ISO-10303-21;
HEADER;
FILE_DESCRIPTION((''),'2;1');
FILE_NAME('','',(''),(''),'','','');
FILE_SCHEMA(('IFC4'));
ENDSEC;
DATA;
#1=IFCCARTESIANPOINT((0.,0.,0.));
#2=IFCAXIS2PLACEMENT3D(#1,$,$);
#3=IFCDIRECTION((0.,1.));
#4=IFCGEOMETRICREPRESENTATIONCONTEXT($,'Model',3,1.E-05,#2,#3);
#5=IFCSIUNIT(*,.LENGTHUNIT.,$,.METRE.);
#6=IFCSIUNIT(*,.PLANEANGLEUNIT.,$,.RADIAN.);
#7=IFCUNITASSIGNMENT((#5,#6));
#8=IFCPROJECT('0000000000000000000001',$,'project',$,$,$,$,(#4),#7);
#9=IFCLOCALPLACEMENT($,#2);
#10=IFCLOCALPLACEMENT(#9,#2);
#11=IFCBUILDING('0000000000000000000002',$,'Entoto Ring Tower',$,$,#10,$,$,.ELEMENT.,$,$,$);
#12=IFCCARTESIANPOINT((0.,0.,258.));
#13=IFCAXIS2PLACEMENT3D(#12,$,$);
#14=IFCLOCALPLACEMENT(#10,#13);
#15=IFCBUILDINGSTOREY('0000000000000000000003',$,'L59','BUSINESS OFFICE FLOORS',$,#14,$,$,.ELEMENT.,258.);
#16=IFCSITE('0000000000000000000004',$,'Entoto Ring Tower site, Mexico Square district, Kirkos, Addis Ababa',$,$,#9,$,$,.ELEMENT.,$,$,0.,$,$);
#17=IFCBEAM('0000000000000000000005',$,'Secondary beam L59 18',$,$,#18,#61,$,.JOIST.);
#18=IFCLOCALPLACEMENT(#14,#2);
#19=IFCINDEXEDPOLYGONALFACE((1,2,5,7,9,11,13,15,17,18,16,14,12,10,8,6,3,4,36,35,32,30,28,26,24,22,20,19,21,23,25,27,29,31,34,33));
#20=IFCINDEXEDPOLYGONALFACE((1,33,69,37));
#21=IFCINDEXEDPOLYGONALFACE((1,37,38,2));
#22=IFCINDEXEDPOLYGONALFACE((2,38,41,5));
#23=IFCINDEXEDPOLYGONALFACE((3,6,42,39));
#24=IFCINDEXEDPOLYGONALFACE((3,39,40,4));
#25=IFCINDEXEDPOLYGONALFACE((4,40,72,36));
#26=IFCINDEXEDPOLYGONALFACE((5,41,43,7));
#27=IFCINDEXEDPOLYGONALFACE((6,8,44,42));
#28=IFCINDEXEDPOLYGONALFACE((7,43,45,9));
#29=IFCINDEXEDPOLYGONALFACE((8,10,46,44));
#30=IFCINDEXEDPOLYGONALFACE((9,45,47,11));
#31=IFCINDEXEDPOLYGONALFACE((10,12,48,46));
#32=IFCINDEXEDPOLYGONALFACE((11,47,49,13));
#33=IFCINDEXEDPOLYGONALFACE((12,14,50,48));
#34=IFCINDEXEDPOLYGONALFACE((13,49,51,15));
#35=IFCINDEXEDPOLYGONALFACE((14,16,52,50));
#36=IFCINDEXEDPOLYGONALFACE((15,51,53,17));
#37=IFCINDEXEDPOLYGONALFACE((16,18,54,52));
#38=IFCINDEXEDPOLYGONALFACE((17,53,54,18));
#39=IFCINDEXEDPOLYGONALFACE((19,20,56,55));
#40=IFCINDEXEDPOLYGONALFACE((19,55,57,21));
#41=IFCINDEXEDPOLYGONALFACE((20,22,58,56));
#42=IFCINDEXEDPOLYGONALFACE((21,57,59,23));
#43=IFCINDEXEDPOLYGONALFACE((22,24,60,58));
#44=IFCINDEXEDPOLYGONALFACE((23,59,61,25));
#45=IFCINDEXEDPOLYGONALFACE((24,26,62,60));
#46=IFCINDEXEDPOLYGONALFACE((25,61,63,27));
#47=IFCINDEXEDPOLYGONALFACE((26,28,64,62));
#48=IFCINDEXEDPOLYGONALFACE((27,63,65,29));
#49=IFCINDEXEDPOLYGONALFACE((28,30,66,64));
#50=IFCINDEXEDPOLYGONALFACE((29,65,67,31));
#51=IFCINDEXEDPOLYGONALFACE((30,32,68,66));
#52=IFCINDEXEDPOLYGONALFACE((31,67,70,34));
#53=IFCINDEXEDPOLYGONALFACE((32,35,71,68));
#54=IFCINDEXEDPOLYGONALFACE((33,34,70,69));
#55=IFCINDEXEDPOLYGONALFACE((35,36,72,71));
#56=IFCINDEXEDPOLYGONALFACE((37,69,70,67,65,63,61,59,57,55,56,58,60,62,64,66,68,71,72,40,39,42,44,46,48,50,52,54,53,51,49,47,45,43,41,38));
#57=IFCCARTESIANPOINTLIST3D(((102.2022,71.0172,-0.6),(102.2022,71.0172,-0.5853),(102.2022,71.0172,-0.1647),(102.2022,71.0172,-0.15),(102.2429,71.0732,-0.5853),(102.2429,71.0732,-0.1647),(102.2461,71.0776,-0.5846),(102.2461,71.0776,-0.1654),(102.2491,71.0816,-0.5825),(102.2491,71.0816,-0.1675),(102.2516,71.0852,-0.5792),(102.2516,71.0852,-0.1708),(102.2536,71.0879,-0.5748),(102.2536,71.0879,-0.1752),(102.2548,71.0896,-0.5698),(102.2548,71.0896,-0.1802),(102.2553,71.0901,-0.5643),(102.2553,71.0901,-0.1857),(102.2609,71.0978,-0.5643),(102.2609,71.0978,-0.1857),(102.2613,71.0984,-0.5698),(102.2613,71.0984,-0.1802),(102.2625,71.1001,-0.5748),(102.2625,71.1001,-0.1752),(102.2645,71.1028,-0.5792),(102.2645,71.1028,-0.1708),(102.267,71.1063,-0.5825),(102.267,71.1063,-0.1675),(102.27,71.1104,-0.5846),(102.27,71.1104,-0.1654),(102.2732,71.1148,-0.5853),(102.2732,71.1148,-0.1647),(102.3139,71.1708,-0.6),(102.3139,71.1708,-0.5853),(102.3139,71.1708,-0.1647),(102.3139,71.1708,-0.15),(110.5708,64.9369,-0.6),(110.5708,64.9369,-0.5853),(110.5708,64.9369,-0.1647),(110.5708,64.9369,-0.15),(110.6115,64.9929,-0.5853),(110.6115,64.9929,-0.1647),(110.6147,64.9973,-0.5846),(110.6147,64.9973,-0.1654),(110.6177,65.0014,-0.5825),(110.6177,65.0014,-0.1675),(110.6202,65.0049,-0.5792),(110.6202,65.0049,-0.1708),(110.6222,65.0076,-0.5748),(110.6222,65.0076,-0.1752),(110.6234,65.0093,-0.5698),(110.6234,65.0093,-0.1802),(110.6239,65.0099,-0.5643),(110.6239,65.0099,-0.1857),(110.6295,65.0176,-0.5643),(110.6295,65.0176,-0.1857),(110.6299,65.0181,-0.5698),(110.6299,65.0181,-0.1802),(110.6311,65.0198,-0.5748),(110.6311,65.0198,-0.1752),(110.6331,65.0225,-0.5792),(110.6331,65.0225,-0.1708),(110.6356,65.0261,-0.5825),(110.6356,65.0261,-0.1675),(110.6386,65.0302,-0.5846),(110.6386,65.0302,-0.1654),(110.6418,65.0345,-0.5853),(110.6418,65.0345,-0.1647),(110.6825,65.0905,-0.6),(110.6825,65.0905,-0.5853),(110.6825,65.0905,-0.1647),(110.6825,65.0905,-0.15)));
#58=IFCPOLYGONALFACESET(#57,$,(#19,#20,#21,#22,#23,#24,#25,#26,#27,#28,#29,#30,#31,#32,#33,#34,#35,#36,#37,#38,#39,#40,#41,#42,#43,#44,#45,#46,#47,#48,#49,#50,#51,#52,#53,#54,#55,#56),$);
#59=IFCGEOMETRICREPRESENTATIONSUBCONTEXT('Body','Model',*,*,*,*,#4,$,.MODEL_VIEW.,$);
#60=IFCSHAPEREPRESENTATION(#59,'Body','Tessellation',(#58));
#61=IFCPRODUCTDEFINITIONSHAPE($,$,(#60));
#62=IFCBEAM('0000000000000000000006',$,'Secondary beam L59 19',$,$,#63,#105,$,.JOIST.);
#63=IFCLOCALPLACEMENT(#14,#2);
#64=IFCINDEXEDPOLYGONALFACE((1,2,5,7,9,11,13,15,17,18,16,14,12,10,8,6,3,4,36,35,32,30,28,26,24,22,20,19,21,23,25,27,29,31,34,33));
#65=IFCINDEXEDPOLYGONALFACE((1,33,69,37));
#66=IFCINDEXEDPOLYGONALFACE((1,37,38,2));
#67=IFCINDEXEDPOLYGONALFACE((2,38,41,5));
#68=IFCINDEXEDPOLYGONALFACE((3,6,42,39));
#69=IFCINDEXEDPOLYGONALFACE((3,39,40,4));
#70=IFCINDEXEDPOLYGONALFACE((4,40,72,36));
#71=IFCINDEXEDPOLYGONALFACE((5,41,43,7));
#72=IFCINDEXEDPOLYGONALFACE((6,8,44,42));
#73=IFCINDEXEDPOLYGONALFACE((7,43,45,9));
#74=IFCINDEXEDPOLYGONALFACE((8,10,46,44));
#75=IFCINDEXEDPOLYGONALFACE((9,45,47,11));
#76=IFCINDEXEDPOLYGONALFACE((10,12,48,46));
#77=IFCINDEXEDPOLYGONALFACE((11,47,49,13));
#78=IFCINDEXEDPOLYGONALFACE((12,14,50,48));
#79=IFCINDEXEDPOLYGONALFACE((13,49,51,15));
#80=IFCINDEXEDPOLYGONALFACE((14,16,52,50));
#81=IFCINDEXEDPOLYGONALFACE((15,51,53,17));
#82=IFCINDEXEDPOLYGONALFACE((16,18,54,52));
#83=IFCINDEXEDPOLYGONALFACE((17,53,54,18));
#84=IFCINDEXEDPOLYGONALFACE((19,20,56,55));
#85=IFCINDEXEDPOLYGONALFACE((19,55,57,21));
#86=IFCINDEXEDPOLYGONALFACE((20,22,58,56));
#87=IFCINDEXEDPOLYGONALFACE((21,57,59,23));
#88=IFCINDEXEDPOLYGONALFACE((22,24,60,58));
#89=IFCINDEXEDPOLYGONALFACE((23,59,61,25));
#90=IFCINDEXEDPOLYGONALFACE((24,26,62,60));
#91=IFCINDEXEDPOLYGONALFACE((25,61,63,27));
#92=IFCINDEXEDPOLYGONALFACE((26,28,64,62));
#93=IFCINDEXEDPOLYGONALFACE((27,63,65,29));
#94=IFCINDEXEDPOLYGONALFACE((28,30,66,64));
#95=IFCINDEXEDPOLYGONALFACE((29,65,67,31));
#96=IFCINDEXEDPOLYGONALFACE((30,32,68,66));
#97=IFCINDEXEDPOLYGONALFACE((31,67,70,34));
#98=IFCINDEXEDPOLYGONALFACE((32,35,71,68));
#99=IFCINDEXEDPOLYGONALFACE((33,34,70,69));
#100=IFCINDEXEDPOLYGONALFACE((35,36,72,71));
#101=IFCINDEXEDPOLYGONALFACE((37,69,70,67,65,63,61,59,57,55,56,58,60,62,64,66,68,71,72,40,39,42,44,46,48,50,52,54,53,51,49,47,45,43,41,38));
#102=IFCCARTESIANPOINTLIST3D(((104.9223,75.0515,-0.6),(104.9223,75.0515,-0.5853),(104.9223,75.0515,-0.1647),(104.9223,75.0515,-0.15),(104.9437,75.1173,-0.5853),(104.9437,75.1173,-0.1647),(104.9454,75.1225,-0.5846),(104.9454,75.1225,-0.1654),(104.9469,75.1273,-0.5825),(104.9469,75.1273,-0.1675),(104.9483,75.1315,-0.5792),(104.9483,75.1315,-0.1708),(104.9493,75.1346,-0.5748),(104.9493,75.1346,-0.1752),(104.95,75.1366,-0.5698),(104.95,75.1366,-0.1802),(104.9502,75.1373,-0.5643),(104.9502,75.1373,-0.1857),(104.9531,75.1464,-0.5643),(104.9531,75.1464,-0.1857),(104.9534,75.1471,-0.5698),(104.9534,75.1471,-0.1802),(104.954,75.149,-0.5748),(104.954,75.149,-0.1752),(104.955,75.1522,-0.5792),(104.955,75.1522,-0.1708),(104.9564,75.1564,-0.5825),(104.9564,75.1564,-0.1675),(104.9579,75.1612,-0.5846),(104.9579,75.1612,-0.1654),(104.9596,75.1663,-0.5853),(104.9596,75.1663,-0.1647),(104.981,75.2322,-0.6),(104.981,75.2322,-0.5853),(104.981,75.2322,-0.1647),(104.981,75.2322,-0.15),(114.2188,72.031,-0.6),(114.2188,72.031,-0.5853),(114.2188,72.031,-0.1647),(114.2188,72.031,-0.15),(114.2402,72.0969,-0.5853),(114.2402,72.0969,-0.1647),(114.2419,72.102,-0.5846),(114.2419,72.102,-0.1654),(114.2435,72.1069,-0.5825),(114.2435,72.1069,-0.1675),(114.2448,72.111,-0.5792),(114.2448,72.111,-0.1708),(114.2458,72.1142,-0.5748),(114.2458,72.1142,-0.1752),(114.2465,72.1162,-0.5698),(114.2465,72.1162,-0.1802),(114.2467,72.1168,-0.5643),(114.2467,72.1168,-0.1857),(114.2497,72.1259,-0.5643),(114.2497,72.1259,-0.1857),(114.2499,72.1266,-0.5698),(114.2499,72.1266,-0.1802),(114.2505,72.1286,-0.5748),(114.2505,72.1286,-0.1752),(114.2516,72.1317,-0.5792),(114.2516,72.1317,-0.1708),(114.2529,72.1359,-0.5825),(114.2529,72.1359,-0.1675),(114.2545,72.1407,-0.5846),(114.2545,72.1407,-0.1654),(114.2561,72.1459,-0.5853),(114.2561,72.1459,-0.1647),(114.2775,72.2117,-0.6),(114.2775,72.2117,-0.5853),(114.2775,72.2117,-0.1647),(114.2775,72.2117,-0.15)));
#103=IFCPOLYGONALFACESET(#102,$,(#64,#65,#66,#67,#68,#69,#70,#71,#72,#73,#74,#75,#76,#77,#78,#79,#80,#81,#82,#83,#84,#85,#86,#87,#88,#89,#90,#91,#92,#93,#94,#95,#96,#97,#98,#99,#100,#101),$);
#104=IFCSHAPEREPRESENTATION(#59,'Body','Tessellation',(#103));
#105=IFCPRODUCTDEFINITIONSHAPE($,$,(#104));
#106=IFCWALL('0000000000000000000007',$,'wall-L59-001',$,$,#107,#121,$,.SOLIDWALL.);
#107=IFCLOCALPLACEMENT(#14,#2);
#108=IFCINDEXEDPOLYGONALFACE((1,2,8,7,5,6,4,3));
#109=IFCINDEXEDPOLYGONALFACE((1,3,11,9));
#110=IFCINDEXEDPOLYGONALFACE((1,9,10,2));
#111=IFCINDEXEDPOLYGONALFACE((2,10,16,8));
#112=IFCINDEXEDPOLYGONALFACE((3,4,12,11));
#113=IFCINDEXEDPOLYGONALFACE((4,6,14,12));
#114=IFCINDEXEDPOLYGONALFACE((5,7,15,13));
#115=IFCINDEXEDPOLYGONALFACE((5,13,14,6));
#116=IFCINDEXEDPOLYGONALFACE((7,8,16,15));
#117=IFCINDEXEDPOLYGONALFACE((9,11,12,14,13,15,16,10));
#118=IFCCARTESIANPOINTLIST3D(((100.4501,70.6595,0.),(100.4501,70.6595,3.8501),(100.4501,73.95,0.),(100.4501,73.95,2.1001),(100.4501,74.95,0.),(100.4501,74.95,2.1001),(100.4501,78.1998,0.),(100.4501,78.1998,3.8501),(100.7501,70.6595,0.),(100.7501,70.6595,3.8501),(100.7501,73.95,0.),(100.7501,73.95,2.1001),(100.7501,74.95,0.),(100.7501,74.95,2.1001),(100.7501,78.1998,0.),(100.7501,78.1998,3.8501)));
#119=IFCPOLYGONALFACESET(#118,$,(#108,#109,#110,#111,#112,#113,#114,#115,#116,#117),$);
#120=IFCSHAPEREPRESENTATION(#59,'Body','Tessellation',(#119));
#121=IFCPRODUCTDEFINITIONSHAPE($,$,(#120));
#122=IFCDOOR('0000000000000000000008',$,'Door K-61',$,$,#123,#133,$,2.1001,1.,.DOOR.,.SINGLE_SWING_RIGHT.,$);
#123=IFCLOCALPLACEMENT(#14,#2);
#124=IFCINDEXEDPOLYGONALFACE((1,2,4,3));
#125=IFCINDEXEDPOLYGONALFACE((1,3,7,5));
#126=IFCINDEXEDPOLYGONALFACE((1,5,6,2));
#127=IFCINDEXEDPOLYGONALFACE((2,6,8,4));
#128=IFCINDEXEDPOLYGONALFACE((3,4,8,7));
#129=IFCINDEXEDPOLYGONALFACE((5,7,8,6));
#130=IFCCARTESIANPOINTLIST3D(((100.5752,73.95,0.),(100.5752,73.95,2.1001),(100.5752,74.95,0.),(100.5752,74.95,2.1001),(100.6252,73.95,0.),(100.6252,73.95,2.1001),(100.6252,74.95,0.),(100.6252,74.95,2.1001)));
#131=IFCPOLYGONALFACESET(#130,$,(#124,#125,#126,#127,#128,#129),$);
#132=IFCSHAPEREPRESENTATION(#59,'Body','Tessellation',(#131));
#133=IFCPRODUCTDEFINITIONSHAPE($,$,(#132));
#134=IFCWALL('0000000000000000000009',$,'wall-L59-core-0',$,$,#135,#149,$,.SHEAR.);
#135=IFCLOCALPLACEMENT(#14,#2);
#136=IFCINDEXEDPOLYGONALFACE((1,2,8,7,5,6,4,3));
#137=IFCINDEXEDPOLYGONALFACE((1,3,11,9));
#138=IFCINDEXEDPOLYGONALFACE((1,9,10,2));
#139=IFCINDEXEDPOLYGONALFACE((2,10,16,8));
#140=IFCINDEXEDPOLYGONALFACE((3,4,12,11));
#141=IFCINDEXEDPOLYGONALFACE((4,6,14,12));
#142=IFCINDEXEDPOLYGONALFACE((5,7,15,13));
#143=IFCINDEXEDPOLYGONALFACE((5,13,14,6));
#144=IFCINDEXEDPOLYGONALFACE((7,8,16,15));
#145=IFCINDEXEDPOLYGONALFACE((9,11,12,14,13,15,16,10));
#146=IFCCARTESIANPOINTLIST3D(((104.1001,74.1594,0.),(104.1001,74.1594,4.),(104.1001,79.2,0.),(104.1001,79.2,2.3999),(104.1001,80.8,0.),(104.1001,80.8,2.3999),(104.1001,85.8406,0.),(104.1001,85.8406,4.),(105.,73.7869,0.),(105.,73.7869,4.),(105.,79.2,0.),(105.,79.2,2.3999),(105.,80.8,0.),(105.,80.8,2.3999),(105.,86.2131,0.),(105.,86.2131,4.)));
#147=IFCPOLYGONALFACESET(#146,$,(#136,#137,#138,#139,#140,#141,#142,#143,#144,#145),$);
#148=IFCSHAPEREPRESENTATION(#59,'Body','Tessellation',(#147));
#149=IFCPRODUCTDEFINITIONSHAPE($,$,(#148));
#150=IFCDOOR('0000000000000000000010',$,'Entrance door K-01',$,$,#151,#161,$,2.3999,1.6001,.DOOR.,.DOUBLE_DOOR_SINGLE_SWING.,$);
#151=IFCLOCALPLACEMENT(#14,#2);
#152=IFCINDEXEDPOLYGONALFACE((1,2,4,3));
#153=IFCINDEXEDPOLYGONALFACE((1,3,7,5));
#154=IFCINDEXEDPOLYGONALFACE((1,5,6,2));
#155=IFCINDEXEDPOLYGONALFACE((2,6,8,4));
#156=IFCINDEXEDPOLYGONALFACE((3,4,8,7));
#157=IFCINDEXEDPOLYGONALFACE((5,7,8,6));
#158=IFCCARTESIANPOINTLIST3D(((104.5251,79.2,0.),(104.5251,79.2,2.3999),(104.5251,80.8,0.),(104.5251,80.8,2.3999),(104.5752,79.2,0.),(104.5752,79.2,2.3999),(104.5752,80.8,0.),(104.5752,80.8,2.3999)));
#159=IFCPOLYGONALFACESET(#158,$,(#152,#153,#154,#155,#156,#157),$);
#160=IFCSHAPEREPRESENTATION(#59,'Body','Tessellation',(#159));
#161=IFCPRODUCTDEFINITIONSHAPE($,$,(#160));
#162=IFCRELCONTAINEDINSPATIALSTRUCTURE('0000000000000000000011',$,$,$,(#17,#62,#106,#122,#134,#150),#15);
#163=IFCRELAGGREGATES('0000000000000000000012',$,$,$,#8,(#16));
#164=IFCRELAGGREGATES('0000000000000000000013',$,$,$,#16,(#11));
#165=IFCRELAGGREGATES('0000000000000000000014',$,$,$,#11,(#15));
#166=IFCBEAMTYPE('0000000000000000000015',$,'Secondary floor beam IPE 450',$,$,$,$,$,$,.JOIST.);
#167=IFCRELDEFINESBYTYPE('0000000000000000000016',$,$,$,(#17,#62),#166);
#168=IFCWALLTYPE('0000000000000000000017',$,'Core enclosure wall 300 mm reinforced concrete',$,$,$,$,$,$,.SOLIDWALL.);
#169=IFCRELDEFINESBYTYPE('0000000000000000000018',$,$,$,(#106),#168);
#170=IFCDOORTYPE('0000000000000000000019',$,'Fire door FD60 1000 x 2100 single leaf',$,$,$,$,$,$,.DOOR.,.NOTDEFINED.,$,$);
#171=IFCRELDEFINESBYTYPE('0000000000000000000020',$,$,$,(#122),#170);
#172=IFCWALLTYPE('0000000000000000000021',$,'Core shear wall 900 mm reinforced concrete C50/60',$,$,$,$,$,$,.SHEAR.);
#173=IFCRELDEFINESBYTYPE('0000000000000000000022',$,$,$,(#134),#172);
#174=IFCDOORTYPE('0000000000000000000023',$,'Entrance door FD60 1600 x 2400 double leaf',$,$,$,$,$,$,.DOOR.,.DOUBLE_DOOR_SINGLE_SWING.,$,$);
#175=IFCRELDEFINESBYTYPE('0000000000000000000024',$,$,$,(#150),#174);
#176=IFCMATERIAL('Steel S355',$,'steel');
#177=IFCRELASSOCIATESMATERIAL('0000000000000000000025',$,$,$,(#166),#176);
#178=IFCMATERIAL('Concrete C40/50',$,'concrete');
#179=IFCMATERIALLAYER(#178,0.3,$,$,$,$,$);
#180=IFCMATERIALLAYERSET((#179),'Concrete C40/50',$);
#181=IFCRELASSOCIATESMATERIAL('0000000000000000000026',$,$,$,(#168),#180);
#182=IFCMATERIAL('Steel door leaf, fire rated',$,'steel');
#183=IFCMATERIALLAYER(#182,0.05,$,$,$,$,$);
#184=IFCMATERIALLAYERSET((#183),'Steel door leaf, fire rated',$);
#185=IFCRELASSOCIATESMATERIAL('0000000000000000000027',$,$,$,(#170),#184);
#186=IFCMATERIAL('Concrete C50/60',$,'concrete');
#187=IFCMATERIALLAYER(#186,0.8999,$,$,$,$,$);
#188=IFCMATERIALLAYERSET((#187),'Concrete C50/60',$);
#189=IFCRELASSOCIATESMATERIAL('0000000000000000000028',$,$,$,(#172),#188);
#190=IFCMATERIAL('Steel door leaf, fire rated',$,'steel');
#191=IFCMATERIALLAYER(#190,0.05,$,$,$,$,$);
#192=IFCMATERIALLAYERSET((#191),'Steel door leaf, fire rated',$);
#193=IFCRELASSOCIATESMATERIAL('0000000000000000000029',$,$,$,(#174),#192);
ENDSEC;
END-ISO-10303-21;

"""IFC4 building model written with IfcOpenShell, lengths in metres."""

from ifc_helpers import new_model, si_unit, direction, frame, frame_2d, origin, origin_2d, place, context, subcontext, project, spatial, polyline, rectangle, i_section, outline, extrude, material, layer, layer_set, material_profile, profile_set, type_object, element, fill, save


model = new_model("IFC4")

# Units and contexts
model_context = context("Model", 3, precision=1e-05, world=origin(), true_north=direction((0.0, 1.0)))
body_context = subcontext(model_context, "Body", "Model", "MODEL_VIEW")
ifc_project = project(units=[si_unit("LENGTHUNIT", "METRE"), si_unit("PLANEANGLEUNIT", "RADIAN")], contexts=[model_context])

# Site, building, storey
site_placement = place(None, origin())
site = spatial("IfcSite", under=ifc_project, at=site_placement, Name="Entoto Ring Tower site, Mexico Square district, Kirkos, Addis Ababa", CompositionType="ELEMENT", RefElevation=0.0)
building_placement = place(site_placement, origin())
building = spatial("IfcBuilding", under=site, at=building_placement, Name="Entoto Ring Tower", CompositionType="ELEMENT")
storey_placement = place(building_placement, frame((0.0, 0.0, 258.0)))
storey = spatial("IfcBuildingStorey", under=building, at=storey_placement, Name="L59", Description="BUSINESS OFFICE FLOORS", CompositionType="ELEMENT", Elevation=258.0)

# Beams
ifc_material_1 = material(Name="Steel S355", Category="steel")
ifc_material_profile_1 = material_profile(ifc_material_1, i_section(OverallWidth=0.1899, OverallDepth=0.45, WebThickness=0.0095, FlangeThickness=0.0146, FilletRadius=0.021, at=origin_2d()), Name="IPE 450")
ifc_profile_set_1 = profile_set([ifc_material_profile_1], Name="Steel S355")
beam_type_1 = type_object("IfcBeamType", Name="Secondary floor beam IPE 450", PredefinedType="JOIST", material=ifc_profile_set_1)
beam_1_placement = place(storey_placement, frame((102.2581, 71.094, -0.375), z_axis=(0.809011, -0.587794, 0.0), x_axis=(0.587794, 0.809011, 0.0)))
element("IfcBeam", 1, at=beam_1_placement, inside=storey, type_object=beam_type_1, Name="Secondary beam L59 18", PredefinedType="JOIST", context=body_context, shape_type="SweptSolid", body=[
    extrude(i_section(OverallWidth=0.1899, OverallDepth=0.45, WebThickness=0.0095, FlangeThickness=0.0146, FilletRadius=0.021, at=origin_2d()), origin(), (0.0, 0.0, 1.0), 10.3442),
])
beam_2_placement = place(storey_placement, frame((104.9517, 75.1418, -0.375), z_axis=(0.951061, -0.309003, 0.0), x_axis=(0.309003, 0.951061, 0.0)))
element("IfcBeam", 2, at=beam_2_placement, inside=storey, type_object=beam_type_1, Name="Secondary beam L59 19", PredefinedType="JOIST", context=body_context, shape_type="SweptSolid", body=[
    extrude(i_section(OverallWidth=0.1899, OverallDepth=0.45, WebThickness=0.0095, FlangeThickness=0.0146, FilletRadius=0.021, at=origin_2d()), origin(), (0.0, 0.0, 1.0), 9.7749),
])

# Walls, openings, doors
ifc_material_2 = material(Name="Concrete C40/50", Category="concrete")
ifc_layer_1 = layer(ifc_material_2, 0.3)
ifc_layer_set_1 = layer_set([ifc_layer_1], Name="Concrete C40/50")
wall_type_1 = type_object("IfcWallType", Name="Core enclosure wall 300 mm reinforced concrete", PredefinedType="SOLIDWALL", material=ifc_layer_set_1)
wall_1_placement = place(storey_placement, frame((100.6001, 70.6597, 0.0), z_axis=(0.0, 0.0, 1.0), x_axis=(0.0, 1.0, 0.0)))
wall_1 = element("IfcWall", 3, at=wall_1_placement, inside=storey, type_object=wall_type_1, Name="wall-L59-001", PredefinedType="SOLIDWALL", context=body_context, shape_type="SweptSolid", body=[
    extrude(rectangle(XDim=7.5403, YDim=0.3, at=frame_2d((3.77, 0.0))), origin(), (0.0, 0.0, 1.0), 3.8501),
])
opening_1_placement = place(wall_1_placement, frame((3.2903, 0.0, 0.0)))
opening_1 = element("IfcOpeningElement", 4, at=opening_1_placement, cuts=wall_1, PredefinedType="OPENING", context=body_context, shape_type="SweptSolid", body=[
    extrude(rectangle(XDim=1.0, YDim=2.1001, at=frame_2d((0.5, 1.05))), frame((0.0, 0.1602, 0.0), z_axis=(0.0, -1.0, 0.0), x_axis=(1.0, 0.0, 0.0)), (0.0, 0.0, 1.0), 0.3201),
])
ifc_material_3 = material(Name="Steel door leaf, fire rated", Category="steel")
ifc_layer_2 = layer(ifc_material_3, 0.05)
ifc_layer_set_2 = layer_set([ifc_layer_2], Name="Steel door leaf, fire rated")
door_type_1 = type_object("IfcDoorType", Name="Fire door FD60 1000 x 2100 single leaf", OperationType="NOTDEFINED", PredefinedType="DOOR", material=ifc_layer_set_2)
door_1_placement = place(opening_1_placement, origin())
door_1 = element("IfcDoor", 5, at=door_1_placement, inside=storey, type_object=door_type_1, Name="Door K-61", OperationType="SINGLE_SWING_RIGHT", OverallHeight=2.1001, OverallWidth=1.0, PredefinedType="DOOR", context=body_context, shape_type="SweptSolid", body=[
    extrude(rectangle(XDim=1.0, YDim=2.1001, at=frame_2d((0.5, 1.05))), frame((0.0, 0.0249, 0.0), z_axis=(0.0, -1.0, 0.0), x_axis=(1.0, 0.0, 0.0)), (0.0, 0.0, 1.0), 0.05),
])
fill(opening_1, door_1)
ifc_material_4 = material(Name="Concrete C50/60", Category="concrete")
ifc_layer_3 = layer(ifc_material_4, 0.8999)
ifc_layer_set_3 = layer_set([ifc_layer_3], Name="Concrete C50/60")
wall_type_2 = type_object("IfcWallType", Name="Core shear wall 900 mm reinforced concrete C50/60", PredefinedType="SHEAR", material=ifc_layer_set_3)
wall_2_placement = place(storey_placement, frame((104.55, 73.9731, 0.0), z_axis=(0.0, 0.0, 1.0), x_axis=(0.0, 1.0, 0.0)))
wall_2 = element("IfcWall", 6, at=wall_2_placement, inside=storey, type_object=wall_type_2, Name="wall-L59-core-0", PredefinedType="SHEAR", context=body_context, shape_type="SweptSolid", body=[
    extrude(outline(polyline([(-0.1863, -0.45), (12.24, -0.45), (11.8674, 0.45), (0.1863, 0.45), (-0.1863, -0.45)])), origin(), (0.0, 0.0, 1.0), 4.0),
])
opening_2_placement = place(wall_2_placement, frame((5.2268, 0.0, 0.0)))
opening_2 = element("IfcOpeningElement", 7, at=opening_2_placement, cuts=wall_2, PredefinedType="OPENING", context=body_context, shape_type="SweptSolid", body=[
    extrude(rectangle(XDim=1.6001, YDim=2.3999, at=frame_2d((0.8, 1.2))), frame((0.0, 0.46, 0.0), z_axis=(0.0, -1.0, 0.0), x_axis=(1.0, 0.0, 0.0)), (0.0, 0.0, 1.0), 0.9199),
])
ifc_material_5 = material(Name="Steel door leaf, fire rated", Category="steel")
ifc_layer_4 = layer(ifc_material_5, 0.05)
ifc_layer_set_4 = layer_set([ifc_layer_4], Name="Steel door leaf, fire rated")
door_type_2 = type_object("IfcDoorType", Name="Entrance door FD60 1600 x 2400 double leaf", OperationType="DOUBLE_DOOR_SINGLE_SWING", PredefinedType="DOOR", material=ifc_layer_set_4)
door_2_placement = place(opening_2_placement, origin())
door_2 = element("IfcDoor", 8, at=door_2_placement, inside=storey, type_object=door_type_2, Name="Entrance door K-01", OperationType="DOUBLE_DOOR_SINGLE_SWING", OverallHeight=2.3999, OverallWidth=1.6001, PredefinedType="DOOR", context=body_context, shape_type="SweptSolid", body=[
    extrude(rectangle(XDim=1.6001, YDim=2.3999, at=frame_2d((0.8, 1.2))), frame((0.0, 0.0249, 0.0), z_axis=(0.0, -1.0, 0.0), x_axis=(1.0, 0.0, 0.0)), (0.0, 0.0, 1.0), 0.05),
])
fill(opening_2, door_2)

save(model, "model.ifc")
